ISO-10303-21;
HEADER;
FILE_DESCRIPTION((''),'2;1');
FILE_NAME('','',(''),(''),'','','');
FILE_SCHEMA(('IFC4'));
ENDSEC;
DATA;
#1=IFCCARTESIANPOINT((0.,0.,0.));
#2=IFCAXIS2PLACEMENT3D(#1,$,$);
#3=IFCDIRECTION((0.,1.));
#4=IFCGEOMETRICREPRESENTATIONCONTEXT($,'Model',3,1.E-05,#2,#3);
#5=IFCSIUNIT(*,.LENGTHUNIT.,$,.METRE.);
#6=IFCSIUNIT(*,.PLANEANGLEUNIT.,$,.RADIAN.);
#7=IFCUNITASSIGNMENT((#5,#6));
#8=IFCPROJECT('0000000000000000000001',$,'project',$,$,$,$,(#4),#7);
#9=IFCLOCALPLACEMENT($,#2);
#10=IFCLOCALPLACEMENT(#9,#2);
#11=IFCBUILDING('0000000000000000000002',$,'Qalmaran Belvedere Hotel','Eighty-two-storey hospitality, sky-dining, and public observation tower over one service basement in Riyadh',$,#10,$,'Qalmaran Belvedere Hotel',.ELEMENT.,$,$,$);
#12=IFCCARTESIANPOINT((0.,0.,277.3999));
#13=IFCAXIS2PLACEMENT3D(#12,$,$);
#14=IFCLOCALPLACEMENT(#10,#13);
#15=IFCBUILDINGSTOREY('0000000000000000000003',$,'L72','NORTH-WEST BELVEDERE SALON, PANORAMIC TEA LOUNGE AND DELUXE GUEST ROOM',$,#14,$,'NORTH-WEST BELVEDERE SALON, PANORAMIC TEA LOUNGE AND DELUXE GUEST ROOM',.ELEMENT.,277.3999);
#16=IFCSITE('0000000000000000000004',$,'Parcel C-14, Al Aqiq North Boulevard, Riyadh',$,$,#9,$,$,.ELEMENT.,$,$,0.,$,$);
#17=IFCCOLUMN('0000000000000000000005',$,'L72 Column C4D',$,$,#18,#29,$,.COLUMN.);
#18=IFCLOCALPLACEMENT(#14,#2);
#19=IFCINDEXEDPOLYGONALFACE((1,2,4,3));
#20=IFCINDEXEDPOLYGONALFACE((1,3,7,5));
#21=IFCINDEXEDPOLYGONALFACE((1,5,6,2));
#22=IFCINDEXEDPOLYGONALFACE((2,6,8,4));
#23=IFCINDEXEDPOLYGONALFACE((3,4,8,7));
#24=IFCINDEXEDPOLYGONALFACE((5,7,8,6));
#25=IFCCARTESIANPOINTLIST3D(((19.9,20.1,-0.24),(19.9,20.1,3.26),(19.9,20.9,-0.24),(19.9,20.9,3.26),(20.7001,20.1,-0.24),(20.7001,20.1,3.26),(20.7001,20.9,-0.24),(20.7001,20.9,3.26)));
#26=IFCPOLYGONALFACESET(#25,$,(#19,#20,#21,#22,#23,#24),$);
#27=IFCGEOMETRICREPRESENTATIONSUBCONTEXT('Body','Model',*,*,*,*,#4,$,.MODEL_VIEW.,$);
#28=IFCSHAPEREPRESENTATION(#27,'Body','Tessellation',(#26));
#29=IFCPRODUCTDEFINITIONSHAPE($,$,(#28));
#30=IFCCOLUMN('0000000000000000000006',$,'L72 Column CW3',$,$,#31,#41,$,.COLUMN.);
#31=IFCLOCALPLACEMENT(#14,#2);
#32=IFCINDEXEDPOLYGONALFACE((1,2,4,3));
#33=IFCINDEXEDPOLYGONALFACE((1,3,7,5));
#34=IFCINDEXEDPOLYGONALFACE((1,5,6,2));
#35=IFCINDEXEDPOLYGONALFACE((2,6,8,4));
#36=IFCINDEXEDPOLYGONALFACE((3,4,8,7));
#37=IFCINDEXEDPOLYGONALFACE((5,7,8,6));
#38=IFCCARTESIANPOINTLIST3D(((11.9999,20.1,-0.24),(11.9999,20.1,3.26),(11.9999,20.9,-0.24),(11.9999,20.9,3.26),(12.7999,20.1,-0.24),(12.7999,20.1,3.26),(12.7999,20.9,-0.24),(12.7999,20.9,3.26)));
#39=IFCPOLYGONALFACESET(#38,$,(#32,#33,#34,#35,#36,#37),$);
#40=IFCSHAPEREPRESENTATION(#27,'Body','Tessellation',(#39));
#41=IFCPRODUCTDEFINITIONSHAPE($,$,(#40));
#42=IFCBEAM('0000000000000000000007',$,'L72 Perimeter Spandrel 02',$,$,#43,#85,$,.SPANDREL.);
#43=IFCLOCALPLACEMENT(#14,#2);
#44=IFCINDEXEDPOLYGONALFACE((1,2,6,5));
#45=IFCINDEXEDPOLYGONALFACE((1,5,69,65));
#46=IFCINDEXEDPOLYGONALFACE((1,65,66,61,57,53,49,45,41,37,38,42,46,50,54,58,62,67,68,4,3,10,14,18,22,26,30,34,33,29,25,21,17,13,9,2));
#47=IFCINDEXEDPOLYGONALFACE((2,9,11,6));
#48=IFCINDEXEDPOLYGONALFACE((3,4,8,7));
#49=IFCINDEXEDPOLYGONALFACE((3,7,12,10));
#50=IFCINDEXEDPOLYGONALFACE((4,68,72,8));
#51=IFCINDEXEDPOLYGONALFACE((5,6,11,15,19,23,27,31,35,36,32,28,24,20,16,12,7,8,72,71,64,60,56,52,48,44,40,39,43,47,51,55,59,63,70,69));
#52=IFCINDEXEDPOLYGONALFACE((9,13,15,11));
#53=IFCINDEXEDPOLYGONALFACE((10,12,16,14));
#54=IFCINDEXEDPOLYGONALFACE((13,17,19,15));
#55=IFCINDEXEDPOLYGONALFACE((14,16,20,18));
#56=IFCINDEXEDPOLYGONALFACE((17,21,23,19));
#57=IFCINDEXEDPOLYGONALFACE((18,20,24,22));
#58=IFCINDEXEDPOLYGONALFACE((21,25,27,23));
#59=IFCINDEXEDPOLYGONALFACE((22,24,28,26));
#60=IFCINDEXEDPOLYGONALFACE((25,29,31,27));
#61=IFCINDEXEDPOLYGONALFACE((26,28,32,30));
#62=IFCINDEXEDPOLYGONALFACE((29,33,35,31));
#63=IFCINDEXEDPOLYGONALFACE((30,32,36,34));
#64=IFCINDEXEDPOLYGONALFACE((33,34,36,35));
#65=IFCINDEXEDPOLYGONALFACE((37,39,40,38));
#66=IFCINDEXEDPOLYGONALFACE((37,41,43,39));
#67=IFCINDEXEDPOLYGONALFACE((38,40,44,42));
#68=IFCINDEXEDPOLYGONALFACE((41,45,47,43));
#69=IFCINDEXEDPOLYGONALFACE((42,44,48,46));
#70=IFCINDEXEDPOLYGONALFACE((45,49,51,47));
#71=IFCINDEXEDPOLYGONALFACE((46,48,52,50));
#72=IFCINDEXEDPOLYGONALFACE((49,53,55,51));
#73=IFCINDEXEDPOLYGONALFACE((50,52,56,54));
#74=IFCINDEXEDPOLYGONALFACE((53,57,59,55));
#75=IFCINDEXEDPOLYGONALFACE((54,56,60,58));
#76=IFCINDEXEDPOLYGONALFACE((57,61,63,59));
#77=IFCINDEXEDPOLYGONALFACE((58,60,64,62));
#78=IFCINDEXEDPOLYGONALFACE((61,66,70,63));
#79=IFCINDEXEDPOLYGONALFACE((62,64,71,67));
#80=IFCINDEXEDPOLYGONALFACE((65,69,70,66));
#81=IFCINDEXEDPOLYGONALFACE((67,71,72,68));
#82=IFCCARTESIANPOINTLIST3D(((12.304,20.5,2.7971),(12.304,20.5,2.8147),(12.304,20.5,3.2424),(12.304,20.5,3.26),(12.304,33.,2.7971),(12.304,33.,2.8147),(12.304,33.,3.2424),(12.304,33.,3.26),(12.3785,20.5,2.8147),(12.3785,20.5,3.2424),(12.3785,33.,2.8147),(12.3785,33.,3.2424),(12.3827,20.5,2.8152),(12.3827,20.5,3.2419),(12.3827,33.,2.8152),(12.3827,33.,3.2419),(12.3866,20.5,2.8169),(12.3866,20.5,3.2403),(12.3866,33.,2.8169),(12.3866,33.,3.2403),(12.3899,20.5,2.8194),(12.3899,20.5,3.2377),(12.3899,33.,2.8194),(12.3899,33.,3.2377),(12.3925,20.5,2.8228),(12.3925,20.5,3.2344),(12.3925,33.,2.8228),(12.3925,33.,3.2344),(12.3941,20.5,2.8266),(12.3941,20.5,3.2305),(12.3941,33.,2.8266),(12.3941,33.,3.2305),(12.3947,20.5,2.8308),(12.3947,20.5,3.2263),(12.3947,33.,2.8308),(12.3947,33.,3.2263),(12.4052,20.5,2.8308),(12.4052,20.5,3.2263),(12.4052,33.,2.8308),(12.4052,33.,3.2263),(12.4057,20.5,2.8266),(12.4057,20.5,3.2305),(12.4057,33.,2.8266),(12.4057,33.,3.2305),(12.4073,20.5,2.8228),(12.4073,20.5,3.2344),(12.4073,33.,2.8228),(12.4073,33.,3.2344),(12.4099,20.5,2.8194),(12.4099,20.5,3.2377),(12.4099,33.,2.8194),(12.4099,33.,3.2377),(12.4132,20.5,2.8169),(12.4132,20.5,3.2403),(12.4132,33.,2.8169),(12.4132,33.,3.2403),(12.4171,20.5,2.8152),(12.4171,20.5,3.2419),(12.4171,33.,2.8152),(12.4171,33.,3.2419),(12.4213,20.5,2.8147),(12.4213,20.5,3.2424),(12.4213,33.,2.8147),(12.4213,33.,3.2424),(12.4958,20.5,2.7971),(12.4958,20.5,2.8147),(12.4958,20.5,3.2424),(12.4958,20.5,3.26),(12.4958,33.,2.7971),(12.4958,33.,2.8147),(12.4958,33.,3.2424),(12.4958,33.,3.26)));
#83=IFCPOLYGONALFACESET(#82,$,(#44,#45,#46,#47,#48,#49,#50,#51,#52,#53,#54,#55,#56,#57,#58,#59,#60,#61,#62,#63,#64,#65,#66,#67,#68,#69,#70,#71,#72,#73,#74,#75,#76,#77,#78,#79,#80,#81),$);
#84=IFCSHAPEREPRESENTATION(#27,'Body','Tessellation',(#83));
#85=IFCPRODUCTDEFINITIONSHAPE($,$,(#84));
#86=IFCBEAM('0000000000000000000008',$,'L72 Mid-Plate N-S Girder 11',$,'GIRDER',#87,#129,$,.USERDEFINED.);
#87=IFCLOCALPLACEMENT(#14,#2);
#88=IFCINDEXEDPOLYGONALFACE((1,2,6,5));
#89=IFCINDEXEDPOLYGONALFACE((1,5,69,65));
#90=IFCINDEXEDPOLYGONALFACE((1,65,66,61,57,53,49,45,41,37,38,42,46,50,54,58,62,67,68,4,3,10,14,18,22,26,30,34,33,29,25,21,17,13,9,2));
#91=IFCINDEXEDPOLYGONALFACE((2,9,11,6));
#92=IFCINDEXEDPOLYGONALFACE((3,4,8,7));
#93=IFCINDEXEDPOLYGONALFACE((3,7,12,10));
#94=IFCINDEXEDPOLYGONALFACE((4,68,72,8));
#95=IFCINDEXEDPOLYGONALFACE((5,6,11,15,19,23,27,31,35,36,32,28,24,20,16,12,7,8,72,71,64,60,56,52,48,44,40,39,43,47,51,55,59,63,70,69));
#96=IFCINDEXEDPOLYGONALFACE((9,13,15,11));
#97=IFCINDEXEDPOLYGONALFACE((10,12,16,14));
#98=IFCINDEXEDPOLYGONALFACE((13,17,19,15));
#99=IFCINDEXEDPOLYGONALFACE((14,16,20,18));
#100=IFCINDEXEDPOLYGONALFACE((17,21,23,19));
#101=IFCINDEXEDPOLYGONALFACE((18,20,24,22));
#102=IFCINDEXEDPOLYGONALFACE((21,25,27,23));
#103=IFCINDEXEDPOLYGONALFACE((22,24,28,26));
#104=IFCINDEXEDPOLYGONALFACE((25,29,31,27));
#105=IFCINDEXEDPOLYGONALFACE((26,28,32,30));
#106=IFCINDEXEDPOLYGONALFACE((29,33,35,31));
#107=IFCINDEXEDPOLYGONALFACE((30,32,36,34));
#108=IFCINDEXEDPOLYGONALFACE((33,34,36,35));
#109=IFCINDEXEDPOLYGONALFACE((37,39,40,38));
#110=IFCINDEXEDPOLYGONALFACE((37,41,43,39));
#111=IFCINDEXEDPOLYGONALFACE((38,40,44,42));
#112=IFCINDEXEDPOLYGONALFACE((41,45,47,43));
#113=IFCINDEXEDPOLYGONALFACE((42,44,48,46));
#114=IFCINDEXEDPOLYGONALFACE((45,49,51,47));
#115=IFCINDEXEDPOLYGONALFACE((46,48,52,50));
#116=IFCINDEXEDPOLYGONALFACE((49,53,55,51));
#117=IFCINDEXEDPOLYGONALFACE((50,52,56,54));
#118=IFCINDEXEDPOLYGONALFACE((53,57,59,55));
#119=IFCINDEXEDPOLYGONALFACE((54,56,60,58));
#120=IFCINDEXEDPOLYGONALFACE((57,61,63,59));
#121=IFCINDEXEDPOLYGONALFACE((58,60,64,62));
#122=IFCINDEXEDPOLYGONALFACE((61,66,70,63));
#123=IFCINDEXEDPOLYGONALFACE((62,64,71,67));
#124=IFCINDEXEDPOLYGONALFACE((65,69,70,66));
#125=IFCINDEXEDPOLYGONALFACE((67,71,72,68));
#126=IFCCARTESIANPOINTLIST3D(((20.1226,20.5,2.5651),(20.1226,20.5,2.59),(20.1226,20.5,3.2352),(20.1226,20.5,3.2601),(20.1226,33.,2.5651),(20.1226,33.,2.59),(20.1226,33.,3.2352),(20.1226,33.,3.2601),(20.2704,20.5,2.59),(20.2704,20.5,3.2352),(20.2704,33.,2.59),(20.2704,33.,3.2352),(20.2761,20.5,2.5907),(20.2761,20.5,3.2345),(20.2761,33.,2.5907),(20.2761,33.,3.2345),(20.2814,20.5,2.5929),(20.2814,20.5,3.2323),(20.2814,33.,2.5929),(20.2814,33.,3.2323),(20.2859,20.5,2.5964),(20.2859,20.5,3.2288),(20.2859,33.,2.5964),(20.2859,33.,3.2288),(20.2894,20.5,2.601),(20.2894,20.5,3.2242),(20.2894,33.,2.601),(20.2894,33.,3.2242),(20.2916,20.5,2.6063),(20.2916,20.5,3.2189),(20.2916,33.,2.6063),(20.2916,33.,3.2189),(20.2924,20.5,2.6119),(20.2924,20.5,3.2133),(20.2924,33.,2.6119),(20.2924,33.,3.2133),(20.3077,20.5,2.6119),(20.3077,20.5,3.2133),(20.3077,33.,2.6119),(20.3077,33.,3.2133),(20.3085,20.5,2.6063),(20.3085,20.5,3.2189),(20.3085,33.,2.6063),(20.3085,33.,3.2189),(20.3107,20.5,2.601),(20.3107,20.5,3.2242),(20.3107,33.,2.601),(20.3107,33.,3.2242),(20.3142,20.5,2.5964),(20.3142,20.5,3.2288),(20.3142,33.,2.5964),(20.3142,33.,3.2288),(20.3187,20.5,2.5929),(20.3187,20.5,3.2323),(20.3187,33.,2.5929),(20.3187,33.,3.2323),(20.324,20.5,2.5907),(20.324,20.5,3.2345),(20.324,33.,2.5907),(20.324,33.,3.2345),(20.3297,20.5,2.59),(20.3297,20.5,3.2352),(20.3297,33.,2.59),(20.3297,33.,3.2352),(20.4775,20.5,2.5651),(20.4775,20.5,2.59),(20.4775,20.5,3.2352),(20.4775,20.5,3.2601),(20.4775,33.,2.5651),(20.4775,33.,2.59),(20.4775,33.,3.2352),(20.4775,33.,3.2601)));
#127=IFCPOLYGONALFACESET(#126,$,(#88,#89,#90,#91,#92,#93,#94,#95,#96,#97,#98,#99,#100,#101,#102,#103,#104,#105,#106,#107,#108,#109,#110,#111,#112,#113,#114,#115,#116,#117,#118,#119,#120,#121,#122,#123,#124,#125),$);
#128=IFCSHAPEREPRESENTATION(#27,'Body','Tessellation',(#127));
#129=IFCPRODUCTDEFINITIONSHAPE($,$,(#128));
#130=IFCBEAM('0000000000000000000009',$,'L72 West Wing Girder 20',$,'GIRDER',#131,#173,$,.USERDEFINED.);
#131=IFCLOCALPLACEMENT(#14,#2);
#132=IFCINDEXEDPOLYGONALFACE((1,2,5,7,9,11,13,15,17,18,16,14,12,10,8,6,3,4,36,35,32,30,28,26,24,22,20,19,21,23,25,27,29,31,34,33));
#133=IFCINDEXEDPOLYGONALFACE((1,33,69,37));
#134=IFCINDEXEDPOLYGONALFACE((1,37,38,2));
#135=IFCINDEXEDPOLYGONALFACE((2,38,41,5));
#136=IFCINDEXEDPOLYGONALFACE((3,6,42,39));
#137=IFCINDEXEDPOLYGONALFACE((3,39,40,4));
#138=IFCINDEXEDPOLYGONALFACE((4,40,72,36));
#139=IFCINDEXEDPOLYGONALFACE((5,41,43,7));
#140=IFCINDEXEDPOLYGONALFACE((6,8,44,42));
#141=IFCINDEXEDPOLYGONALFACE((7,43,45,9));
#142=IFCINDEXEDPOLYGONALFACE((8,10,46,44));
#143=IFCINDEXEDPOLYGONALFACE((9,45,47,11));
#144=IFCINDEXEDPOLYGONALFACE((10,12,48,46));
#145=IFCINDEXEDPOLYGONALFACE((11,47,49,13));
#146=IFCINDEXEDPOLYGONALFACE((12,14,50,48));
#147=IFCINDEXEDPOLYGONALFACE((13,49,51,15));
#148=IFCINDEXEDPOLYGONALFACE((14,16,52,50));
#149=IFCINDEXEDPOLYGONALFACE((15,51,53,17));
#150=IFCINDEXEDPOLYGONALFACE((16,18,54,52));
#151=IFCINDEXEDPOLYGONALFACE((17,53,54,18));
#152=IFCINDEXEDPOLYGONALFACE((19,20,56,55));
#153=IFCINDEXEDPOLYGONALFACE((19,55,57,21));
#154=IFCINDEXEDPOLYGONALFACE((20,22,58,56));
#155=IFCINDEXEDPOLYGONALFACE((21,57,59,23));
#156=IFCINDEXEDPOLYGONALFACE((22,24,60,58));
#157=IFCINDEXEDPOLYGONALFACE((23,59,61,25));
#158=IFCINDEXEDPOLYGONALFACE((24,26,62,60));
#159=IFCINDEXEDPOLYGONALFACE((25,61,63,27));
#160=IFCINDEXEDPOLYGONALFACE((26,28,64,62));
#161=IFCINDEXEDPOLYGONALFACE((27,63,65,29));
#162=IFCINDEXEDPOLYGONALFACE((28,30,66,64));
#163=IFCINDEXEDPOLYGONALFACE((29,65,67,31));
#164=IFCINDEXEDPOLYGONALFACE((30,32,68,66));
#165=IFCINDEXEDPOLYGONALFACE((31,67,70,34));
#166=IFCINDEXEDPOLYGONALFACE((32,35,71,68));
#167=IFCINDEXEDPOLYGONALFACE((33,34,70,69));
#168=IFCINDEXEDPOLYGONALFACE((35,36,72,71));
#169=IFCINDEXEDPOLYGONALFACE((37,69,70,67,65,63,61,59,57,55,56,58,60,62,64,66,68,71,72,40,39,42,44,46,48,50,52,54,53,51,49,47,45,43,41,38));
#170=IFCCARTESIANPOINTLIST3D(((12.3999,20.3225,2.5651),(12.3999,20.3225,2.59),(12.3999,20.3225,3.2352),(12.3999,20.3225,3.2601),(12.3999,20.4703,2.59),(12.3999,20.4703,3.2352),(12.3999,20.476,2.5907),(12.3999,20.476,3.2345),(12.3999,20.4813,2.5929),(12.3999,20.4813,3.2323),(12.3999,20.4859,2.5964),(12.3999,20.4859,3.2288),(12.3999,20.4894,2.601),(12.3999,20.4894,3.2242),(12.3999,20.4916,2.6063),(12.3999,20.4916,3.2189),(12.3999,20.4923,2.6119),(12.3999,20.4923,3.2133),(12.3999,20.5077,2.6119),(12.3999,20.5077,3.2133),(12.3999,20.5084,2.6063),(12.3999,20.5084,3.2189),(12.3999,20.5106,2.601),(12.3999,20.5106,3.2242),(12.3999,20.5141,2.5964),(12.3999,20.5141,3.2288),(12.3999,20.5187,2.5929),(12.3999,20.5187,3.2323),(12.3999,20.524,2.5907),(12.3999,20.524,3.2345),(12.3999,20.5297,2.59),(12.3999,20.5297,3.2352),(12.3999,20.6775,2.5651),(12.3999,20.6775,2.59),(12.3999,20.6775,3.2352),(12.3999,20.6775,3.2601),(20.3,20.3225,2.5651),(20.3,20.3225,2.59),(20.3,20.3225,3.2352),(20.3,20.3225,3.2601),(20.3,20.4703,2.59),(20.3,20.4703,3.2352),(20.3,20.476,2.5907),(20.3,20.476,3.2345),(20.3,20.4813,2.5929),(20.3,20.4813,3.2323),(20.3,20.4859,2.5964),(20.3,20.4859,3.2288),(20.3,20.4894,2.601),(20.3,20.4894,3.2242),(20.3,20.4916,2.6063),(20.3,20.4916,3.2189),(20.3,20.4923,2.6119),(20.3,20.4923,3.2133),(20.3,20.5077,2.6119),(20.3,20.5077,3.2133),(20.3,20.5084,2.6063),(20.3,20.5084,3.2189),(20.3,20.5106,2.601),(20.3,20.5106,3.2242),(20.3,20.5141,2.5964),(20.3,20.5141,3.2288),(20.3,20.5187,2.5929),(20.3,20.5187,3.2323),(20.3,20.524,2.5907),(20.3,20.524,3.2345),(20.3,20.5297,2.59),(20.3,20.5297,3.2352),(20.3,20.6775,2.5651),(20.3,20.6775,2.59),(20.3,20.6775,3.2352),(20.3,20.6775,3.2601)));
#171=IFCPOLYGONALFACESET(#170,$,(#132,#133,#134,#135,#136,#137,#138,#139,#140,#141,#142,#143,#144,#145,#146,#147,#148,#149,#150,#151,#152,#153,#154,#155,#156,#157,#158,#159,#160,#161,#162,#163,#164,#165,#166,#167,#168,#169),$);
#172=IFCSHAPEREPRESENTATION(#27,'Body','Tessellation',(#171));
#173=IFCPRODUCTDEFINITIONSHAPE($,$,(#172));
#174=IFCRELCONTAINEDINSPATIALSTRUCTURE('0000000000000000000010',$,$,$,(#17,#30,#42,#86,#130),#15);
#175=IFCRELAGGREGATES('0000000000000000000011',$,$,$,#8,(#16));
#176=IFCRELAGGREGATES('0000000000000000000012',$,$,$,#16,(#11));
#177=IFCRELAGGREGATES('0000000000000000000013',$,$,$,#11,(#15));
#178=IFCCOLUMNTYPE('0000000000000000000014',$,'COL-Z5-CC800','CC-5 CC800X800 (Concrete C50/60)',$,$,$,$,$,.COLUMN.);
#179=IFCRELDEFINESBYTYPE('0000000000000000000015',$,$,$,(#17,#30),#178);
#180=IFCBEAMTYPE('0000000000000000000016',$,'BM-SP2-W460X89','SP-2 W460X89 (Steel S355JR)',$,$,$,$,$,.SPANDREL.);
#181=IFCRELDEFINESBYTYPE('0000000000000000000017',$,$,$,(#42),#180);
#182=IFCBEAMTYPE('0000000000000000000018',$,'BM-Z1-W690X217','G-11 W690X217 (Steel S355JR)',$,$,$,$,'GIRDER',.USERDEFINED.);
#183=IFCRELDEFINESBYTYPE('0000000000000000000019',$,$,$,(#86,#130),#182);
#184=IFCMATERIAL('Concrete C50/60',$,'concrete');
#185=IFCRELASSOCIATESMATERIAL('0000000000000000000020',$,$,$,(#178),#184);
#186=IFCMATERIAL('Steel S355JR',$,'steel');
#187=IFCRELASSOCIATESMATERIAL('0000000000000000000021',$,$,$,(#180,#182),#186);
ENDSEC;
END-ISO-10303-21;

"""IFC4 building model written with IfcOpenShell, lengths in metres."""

from ifc_helpers import new_model, si_unit, direction, frame, origin, origin_2d, place, context, subcontext, project, spatial, rectangle, i_section, extrude, material, material_profile, profile_set, type_object, element, save


model = new_model("IFC4")

# Units and contexts
model_context = context("Model", 3, precision=1e-05, world=origin(), true_north=direction((0.0, 1.0)))
body_context = subcontext(model_context, "Body", "Model", "MODEL_VIEW")
ifc_project = project(units=[si_unit("LENGTHUNIT", "METRE"), si_unit("PLANEANGLEUNIT", "RADIAN")], contexts=[model_context])

# Site, building, storey
site_placement = place(None, origin())
site = spatial("IfcSite", under=ifc_project, at=site_placement, Name="Parcel C-14, Al Aqiq North Boulevard, Riyadh", CompositionType="ELEMENT", RefElevation=0.0)
building_placement = place(site_placement, origin())
building = spatial("IfcBuilding", under=site, at=building_placement, Name="Qalmaran Belvedere Hotel", Description="Eighty-two-storey hospitality, sky-dining, and public observation tower over one service basement in Riyadh", LongName="Qalmaran Belvedere Hotel", CompositionType="ELEMENT")
storey_placement = place(building_placement, frame((0.0, 0.0, 277.3999)))
storey = spatial("IfcBuildingStorey", under=building, at=storey_placement, Name="L72", Description="NORTH-WEST BELVEDERE SALON, PANORAMIC TEA LOUNGE AND DELUXE GUEST ROOM", LongName="NORTH-WEST BELVEDERE SALON, PANORAMIC TEA LOUNGE AND DELUXE GUEST ROOM", CompositionType="ELEMENT", Elevation=277.3999)

# Columns
ifc_material_1 = material(Name="Concrete C50/60", Category="concrete")
ifc_material_profile_1 = material_profile(ifc_material_1, rectangle(XDim=0.8, YDim=0.8, at=origin_2d()), Name="CC800X800")
ifc_profile_set_1 = profile_set([ifc_material_profile_1], Name="Concrete C50/60")
column_type = type_object("IfcColumnType", Name="COL-Z5-CC800", Description="CC-5 CC800X800 (Concrete C50/60)", PredefinedType="COLUMN", material=ifc_profile_set_1)
for number, where, z_axis, x_axis, name in (
    (1, (20.3, 20.5, -0.24), (0.0, 0.0, 1.0), (1.0, 0.0, 0.0), "L72 Column C4D"),
    (2, (12.3999, 20.5, -0.24), (0.0, 0.0, 1.0), (1.0, 0.0, 0.0), "L72 Column CW3"),
):
    element("IfcColumn", number, at=place(storey_placement, frame(where, z_axis=z_axis, x_axis=x_axis)), inside=storey, type_object=column_type, Name=name, PredefinedType="COLUMN", context=body_context, shape_type="SweptSolid", body=[
        extrude(rectangle(XDim=0.8, YDim=0.8, at=origin_2d()), origin(), (0.0, 0.0, 1.0), 3.5),
    ])

# Beams
ifc_material_2 = material(Name="Steel S355JR", Category="steel")
ifc_material_profile_2 = material_profile(ifc_material_2, i_section(OverallWidth=0.1919, OverallDepth=0.4629, WebThickness=0.0105, FlangeThickness=0.0176, FilletRadius=0.0161, at=origin_2d()), Name="W460X89")
ifc_profile_set_2 = profile_set([ifc_material_profile_2], Name="Steel S355JR")
beam_type_1 = type_object("IfcBeamType", Name="BM-SP2-W460X89", Description="SP-2 W460X89 (Steel S355JR)", PredefinedType="SPANDREL", material=ifc_profile_set_2)
beam_1_placement = place(storey_placement, frame((12.3999, 20.5, 3.0286), z_axis=(0.0, 1.0, 0.0), x_axis=(-1.0, 0.0, 0.0)))
element("IfcBeam", 3, at=beam_1_placement, inside=storey, type_object=beam_type_1, Name="L72 Perimeter Spandrel 02", PredefinedType="SPANDREL", context=body_context, shape_type="SweptSolid", body=[
    extrude(i_section(OverallWidth=0.1919, OverallDepth=0.4629, WebThickness=0.0105, FlangeThickness=0.0176, FilletRadius=0.0161, at=origin_2d()), origin(), (0.0, 0.0, 1.0), 12.5),
])
ifc_material_profile_3 = material_profile(ifc_material_2, i_section(OverallWidth=0.355, OverallDepth=0.6951, WebThickness=0.0154, FlangeThickness=0.0249, FilletRadius=0.022, at=origin_2d()), Name="W690X217")
ifc_profile_set_3 = profile_set([ifc_material_profile_3], Name="Steel S355JR")
beam_type_2 = type_object("IfcBeamType", Name="BM-Z1-W690X217", Description="G-11 W690X217 (Steel S355JR)", ElementType="GIRDER", PredefinedType="USERDEFINED", material=ifc_profile_set_3)
beam_2_placement = place(storey_placement, frame((20.3, 20.5, 2.9126), z_axis=(0.0, 1.0, 0.0), x_axis=(-1.0, 0.0, 0.0)))
element("IfcBeam", 4, at=beam_2_placement, inside=storey, type_object=beam_type_2, Name="L72 Mid-Plate N-S Girder 11", ObjectType="GIRDER", PredefinedType="USERDEFINED", context=body_context, shape_type="SweptSolid", body=[
    extrude(i_section(OverallWidth=0.355, OverallDepth=0.6951, WebThickness=0.0154, FlangeThickness=0.0249, FilletRadius=0.022, at=origin_2d()), origin(), (0.0, 0.0, 1.0), 12.5),
])
beam_3_placement = place(storey_placement, frame((12.3999, 20.5, 2.9126), z_axis=(1.0, 0.0, 0.0), x_axis=(0.0, 1.0, 0.0)))
element("IfcBeam", 5, at=beam_3_placement, inside=storey, type_object=beam_type_2, Name="L72 West Wing Girder 20", ObjectType="GIRDER", PredefinedType="USERDEFINED", context=body_context, shape_type="SweptSolid", body=[
    extrude(i_section(OverallWidth=0.355, OverallDepth=0.6951, WebThickness=0.0154, FlangeThickness=0.0249, FilletRadius=0.022, at=origin_2d()), origin(), (0.0, 0.0, 1.0), 7.9001),
])

save(model, "model.ifc")
